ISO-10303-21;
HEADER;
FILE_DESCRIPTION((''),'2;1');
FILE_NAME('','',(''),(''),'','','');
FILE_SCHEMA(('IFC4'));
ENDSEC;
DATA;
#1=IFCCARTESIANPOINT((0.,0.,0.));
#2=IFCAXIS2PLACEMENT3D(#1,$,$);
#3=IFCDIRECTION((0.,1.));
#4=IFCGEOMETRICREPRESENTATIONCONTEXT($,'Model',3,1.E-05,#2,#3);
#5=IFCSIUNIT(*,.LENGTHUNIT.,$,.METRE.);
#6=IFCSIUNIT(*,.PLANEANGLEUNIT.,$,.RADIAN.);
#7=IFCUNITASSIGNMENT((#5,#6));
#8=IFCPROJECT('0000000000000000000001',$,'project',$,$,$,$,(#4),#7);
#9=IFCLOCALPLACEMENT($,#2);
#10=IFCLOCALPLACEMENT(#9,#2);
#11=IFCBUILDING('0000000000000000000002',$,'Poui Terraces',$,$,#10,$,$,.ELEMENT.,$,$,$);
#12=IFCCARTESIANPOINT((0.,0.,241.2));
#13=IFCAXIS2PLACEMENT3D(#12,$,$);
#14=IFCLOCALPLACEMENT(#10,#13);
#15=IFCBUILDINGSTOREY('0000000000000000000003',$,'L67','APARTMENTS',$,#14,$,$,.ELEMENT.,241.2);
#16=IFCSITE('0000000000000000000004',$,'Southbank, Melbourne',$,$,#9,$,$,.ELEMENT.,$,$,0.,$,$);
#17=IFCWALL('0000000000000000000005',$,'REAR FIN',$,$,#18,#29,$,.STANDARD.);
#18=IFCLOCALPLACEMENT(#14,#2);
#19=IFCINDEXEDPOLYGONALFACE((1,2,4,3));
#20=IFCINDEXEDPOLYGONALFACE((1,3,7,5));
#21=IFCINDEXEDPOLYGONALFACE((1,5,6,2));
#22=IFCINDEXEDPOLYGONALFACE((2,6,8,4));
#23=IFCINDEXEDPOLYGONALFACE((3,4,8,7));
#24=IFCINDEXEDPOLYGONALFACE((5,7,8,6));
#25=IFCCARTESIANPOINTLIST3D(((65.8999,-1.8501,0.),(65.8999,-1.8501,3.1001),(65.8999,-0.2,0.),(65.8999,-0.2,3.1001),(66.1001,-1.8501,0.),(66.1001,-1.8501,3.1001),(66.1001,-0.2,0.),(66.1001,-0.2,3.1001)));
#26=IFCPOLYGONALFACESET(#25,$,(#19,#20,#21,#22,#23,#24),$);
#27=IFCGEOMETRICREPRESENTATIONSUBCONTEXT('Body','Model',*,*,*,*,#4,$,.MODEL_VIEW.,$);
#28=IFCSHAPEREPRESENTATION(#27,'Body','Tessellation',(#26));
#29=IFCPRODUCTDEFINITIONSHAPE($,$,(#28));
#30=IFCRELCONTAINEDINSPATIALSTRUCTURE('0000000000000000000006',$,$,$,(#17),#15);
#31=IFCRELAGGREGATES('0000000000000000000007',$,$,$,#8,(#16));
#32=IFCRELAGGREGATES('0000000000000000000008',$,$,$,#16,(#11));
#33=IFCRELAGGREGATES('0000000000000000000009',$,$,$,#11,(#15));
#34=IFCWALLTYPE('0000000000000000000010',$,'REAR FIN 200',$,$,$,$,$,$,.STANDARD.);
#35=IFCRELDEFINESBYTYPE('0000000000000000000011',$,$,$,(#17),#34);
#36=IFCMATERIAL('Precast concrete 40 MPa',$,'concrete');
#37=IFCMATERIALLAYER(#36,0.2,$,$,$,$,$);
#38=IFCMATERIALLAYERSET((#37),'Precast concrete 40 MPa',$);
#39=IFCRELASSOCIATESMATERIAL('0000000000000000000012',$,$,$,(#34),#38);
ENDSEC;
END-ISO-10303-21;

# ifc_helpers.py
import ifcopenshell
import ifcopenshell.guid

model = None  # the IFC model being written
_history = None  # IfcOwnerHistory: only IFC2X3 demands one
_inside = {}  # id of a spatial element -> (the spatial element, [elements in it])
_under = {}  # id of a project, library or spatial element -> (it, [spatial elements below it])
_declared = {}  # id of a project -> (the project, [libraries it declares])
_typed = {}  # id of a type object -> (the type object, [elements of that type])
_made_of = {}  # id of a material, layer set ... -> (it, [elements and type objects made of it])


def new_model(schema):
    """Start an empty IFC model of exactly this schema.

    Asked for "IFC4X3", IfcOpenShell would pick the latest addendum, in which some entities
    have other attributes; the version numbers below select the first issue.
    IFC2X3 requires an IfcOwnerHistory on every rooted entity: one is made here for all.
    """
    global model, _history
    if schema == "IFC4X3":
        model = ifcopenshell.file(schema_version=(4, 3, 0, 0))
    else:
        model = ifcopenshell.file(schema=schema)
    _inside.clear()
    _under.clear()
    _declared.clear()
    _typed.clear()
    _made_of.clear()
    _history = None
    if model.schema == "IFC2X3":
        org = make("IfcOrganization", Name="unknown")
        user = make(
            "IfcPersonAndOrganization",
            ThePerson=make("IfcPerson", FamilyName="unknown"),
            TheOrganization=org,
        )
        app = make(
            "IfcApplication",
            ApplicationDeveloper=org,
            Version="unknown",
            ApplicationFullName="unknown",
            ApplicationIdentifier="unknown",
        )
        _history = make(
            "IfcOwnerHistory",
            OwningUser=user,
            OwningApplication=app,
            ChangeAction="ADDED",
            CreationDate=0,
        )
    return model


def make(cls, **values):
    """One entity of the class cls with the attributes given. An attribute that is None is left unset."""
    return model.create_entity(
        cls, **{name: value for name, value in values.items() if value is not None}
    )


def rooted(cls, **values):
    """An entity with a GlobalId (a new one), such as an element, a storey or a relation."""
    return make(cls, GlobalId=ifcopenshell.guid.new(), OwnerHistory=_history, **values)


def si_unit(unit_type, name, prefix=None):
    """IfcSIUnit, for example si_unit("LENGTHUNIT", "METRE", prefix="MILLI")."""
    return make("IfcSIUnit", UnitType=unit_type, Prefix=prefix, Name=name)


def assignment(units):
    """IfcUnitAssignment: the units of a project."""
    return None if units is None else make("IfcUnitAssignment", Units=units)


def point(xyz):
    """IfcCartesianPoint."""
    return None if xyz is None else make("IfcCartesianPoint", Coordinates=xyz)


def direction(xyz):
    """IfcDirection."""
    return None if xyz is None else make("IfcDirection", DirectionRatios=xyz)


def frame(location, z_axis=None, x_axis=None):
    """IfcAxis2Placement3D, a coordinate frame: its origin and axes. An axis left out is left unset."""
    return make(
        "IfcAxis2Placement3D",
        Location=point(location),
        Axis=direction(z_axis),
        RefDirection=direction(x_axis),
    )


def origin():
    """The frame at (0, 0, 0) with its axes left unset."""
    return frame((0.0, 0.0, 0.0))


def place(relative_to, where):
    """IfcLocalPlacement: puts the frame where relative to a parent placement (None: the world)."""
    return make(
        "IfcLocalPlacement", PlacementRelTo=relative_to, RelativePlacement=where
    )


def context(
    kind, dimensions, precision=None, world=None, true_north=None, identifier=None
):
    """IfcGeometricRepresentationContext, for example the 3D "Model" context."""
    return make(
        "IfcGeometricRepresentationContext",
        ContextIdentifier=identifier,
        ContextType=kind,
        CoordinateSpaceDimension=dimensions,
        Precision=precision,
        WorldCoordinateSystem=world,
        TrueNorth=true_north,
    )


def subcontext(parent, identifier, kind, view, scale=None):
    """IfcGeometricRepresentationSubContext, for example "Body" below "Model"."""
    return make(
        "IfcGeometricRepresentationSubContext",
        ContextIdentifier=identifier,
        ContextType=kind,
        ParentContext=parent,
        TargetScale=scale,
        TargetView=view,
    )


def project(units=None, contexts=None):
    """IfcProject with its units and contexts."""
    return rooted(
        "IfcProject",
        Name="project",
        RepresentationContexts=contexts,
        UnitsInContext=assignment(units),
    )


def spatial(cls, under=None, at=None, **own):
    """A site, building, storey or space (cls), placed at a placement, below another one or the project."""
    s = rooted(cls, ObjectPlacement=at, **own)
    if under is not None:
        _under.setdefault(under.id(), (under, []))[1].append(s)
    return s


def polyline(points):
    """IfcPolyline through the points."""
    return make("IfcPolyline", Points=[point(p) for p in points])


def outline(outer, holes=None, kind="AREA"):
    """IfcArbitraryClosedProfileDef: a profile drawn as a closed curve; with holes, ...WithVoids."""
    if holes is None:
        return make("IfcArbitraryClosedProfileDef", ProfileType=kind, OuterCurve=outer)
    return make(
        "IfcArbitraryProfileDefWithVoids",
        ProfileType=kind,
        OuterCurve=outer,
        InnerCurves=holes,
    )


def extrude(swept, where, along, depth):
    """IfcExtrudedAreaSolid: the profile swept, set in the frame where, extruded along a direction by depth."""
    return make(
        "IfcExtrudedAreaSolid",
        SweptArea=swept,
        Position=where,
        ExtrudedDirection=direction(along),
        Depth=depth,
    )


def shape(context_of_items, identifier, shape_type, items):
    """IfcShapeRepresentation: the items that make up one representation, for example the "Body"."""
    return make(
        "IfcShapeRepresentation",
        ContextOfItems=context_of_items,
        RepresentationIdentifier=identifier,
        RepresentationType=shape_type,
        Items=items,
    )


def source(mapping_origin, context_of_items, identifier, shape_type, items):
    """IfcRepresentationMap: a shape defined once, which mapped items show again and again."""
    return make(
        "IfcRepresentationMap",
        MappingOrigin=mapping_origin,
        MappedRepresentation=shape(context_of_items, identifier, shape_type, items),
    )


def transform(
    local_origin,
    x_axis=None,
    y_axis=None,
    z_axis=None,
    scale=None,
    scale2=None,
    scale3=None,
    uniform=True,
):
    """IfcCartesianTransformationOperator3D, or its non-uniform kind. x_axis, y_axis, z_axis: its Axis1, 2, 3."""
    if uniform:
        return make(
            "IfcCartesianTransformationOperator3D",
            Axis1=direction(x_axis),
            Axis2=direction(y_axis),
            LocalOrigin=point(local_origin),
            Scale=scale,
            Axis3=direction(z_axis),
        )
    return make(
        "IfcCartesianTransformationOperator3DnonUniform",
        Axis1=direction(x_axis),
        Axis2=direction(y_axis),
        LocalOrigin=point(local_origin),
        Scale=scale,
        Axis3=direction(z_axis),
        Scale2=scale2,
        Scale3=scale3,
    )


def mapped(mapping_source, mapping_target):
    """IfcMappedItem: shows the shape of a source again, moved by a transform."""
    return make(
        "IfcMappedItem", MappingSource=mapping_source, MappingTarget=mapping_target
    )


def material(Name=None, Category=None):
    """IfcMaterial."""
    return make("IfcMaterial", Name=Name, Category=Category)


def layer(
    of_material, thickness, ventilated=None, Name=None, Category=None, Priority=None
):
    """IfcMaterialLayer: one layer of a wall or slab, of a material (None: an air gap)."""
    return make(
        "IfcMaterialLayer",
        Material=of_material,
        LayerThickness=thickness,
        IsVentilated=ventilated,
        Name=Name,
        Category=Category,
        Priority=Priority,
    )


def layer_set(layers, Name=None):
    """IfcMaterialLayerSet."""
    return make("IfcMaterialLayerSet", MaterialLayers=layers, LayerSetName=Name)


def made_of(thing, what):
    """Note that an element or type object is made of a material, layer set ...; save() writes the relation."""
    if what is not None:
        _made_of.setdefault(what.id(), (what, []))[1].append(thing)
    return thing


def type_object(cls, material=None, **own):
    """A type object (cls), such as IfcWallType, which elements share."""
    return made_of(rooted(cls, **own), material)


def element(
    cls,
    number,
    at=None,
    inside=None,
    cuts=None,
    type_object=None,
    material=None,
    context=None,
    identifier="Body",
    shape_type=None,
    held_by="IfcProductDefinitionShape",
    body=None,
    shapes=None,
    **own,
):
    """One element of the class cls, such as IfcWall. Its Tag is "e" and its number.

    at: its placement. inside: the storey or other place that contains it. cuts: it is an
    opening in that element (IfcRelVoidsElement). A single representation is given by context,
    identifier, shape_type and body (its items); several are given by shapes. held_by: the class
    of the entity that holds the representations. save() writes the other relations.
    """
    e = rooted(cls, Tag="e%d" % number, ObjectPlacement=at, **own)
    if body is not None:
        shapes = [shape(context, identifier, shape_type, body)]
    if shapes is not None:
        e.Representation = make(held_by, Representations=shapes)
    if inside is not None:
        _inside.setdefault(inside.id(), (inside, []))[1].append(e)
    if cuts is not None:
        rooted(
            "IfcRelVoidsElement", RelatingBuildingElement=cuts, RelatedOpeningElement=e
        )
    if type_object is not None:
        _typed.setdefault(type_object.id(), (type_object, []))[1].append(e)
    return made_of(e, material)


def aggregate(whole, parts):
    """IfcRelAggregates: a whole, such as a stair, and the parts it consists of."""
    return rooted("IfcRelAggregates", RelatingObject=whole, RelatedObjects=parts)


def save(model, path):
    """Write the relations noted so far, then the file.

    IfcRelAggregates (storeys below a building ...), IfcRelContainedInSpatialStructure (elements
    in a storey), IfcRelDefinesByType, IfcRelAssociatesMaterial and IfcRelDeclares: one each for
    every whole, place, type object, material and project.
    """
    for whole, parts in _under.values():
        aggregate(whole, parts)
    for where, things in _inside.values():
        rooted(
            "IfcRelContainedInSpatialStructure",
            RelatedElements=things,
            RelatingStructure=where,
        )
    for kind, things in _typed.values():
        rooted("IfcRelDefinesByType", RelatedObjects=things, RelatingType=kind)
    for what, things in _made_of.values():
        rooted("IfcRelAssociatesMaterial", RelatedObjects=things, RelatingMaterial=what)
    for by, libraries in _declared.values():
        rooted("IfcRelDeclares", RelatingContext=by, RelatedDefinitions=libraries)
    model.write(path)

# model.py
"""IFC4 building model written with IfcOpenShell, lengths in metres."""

from ifc_helpers import new_model, si_unit, direction, frame, origin, place, context, subcontext, project, spatial, polyline, outline, extrude, source, transform, mapped, material, layer, layer_set, type_object, element, save


model = new_model("IFC4")

# Units and contexts
model_context = context("Model", 3, precision=1e-05, world=origin(), true_north=direction((0.0, 1.0)))
body_context = subcontext(model_context, "Body", "Model", "MODEL_VIEW")
ifc_project = project(units=[si_unit("LENGTHUNIT", "METRE"), si_unit("PLANEANGLEUNIT", "RADIAN")], contexts=[model_context])

# Site, building, storey
site_placement = place(None, origin())
site = spatial("IfcSite", under=ifc_project, at=site_placement, Name="Southbank, Melbourne", CompositionType="ELEMENT", RefElevation=0.0)
building_placement = place(site_placement, origin())
building = spatial("IfcBuilding", under=site, at=building_placement, Name="Poui Terraces", CompositionType="ELEMENT")
storey_placement = place(building_placement, frame((0.0, 0.0, 241.2)))
storey = spatial("IfcBuildingStorey", under=building, at=storey_placement, Name="L67", Description="APARTMENTS", CompositionType="ELEMENT", Elevation=241.2)

# Shared definitions
ifc_material_1 = material(Name="Precast concrete 40 MPa", Category="concrete")

# Wall
ifc_layer_1 = layer(ifc_material_1, 0.2)
ifc_layer_set_1 = layer_set([ifc_layer_1], Name="Precast concrete 40 MPa")
wall_type_1 = type_object("IfcWallType", Name="REAR FIN 200", PredefinedType="STANDARD", material=ifc_layer_set_1)
shared_shape_1 = source(origin(), body_context, "Body", "SweptSolid", [
    extrude(outline(polyline([(0.0, 0.0), (0.2002, 0.0), (0.2002, 1.6501), (0.0, 1.6501), (0.0, 0.0)])), origin(), (0.0, 0.0, 1.0), 3.1001),
])
for number, where, name in (
    (1, (65.8999, -1.8501, 0.0), "REAR FIN"),
):
    element("IfcWall", number, at=place(storey_placement, frame(where)), inside=storey, type_object=wall_type_1, Name=name, PredefinedType="STANDARD", context=body_context, shape_type="MappedRepresentation", body=[
        mapped(shared_shape_1, transform((0.0, 0.0, 0.0))),
    ])

save(model, "model.ifc")
